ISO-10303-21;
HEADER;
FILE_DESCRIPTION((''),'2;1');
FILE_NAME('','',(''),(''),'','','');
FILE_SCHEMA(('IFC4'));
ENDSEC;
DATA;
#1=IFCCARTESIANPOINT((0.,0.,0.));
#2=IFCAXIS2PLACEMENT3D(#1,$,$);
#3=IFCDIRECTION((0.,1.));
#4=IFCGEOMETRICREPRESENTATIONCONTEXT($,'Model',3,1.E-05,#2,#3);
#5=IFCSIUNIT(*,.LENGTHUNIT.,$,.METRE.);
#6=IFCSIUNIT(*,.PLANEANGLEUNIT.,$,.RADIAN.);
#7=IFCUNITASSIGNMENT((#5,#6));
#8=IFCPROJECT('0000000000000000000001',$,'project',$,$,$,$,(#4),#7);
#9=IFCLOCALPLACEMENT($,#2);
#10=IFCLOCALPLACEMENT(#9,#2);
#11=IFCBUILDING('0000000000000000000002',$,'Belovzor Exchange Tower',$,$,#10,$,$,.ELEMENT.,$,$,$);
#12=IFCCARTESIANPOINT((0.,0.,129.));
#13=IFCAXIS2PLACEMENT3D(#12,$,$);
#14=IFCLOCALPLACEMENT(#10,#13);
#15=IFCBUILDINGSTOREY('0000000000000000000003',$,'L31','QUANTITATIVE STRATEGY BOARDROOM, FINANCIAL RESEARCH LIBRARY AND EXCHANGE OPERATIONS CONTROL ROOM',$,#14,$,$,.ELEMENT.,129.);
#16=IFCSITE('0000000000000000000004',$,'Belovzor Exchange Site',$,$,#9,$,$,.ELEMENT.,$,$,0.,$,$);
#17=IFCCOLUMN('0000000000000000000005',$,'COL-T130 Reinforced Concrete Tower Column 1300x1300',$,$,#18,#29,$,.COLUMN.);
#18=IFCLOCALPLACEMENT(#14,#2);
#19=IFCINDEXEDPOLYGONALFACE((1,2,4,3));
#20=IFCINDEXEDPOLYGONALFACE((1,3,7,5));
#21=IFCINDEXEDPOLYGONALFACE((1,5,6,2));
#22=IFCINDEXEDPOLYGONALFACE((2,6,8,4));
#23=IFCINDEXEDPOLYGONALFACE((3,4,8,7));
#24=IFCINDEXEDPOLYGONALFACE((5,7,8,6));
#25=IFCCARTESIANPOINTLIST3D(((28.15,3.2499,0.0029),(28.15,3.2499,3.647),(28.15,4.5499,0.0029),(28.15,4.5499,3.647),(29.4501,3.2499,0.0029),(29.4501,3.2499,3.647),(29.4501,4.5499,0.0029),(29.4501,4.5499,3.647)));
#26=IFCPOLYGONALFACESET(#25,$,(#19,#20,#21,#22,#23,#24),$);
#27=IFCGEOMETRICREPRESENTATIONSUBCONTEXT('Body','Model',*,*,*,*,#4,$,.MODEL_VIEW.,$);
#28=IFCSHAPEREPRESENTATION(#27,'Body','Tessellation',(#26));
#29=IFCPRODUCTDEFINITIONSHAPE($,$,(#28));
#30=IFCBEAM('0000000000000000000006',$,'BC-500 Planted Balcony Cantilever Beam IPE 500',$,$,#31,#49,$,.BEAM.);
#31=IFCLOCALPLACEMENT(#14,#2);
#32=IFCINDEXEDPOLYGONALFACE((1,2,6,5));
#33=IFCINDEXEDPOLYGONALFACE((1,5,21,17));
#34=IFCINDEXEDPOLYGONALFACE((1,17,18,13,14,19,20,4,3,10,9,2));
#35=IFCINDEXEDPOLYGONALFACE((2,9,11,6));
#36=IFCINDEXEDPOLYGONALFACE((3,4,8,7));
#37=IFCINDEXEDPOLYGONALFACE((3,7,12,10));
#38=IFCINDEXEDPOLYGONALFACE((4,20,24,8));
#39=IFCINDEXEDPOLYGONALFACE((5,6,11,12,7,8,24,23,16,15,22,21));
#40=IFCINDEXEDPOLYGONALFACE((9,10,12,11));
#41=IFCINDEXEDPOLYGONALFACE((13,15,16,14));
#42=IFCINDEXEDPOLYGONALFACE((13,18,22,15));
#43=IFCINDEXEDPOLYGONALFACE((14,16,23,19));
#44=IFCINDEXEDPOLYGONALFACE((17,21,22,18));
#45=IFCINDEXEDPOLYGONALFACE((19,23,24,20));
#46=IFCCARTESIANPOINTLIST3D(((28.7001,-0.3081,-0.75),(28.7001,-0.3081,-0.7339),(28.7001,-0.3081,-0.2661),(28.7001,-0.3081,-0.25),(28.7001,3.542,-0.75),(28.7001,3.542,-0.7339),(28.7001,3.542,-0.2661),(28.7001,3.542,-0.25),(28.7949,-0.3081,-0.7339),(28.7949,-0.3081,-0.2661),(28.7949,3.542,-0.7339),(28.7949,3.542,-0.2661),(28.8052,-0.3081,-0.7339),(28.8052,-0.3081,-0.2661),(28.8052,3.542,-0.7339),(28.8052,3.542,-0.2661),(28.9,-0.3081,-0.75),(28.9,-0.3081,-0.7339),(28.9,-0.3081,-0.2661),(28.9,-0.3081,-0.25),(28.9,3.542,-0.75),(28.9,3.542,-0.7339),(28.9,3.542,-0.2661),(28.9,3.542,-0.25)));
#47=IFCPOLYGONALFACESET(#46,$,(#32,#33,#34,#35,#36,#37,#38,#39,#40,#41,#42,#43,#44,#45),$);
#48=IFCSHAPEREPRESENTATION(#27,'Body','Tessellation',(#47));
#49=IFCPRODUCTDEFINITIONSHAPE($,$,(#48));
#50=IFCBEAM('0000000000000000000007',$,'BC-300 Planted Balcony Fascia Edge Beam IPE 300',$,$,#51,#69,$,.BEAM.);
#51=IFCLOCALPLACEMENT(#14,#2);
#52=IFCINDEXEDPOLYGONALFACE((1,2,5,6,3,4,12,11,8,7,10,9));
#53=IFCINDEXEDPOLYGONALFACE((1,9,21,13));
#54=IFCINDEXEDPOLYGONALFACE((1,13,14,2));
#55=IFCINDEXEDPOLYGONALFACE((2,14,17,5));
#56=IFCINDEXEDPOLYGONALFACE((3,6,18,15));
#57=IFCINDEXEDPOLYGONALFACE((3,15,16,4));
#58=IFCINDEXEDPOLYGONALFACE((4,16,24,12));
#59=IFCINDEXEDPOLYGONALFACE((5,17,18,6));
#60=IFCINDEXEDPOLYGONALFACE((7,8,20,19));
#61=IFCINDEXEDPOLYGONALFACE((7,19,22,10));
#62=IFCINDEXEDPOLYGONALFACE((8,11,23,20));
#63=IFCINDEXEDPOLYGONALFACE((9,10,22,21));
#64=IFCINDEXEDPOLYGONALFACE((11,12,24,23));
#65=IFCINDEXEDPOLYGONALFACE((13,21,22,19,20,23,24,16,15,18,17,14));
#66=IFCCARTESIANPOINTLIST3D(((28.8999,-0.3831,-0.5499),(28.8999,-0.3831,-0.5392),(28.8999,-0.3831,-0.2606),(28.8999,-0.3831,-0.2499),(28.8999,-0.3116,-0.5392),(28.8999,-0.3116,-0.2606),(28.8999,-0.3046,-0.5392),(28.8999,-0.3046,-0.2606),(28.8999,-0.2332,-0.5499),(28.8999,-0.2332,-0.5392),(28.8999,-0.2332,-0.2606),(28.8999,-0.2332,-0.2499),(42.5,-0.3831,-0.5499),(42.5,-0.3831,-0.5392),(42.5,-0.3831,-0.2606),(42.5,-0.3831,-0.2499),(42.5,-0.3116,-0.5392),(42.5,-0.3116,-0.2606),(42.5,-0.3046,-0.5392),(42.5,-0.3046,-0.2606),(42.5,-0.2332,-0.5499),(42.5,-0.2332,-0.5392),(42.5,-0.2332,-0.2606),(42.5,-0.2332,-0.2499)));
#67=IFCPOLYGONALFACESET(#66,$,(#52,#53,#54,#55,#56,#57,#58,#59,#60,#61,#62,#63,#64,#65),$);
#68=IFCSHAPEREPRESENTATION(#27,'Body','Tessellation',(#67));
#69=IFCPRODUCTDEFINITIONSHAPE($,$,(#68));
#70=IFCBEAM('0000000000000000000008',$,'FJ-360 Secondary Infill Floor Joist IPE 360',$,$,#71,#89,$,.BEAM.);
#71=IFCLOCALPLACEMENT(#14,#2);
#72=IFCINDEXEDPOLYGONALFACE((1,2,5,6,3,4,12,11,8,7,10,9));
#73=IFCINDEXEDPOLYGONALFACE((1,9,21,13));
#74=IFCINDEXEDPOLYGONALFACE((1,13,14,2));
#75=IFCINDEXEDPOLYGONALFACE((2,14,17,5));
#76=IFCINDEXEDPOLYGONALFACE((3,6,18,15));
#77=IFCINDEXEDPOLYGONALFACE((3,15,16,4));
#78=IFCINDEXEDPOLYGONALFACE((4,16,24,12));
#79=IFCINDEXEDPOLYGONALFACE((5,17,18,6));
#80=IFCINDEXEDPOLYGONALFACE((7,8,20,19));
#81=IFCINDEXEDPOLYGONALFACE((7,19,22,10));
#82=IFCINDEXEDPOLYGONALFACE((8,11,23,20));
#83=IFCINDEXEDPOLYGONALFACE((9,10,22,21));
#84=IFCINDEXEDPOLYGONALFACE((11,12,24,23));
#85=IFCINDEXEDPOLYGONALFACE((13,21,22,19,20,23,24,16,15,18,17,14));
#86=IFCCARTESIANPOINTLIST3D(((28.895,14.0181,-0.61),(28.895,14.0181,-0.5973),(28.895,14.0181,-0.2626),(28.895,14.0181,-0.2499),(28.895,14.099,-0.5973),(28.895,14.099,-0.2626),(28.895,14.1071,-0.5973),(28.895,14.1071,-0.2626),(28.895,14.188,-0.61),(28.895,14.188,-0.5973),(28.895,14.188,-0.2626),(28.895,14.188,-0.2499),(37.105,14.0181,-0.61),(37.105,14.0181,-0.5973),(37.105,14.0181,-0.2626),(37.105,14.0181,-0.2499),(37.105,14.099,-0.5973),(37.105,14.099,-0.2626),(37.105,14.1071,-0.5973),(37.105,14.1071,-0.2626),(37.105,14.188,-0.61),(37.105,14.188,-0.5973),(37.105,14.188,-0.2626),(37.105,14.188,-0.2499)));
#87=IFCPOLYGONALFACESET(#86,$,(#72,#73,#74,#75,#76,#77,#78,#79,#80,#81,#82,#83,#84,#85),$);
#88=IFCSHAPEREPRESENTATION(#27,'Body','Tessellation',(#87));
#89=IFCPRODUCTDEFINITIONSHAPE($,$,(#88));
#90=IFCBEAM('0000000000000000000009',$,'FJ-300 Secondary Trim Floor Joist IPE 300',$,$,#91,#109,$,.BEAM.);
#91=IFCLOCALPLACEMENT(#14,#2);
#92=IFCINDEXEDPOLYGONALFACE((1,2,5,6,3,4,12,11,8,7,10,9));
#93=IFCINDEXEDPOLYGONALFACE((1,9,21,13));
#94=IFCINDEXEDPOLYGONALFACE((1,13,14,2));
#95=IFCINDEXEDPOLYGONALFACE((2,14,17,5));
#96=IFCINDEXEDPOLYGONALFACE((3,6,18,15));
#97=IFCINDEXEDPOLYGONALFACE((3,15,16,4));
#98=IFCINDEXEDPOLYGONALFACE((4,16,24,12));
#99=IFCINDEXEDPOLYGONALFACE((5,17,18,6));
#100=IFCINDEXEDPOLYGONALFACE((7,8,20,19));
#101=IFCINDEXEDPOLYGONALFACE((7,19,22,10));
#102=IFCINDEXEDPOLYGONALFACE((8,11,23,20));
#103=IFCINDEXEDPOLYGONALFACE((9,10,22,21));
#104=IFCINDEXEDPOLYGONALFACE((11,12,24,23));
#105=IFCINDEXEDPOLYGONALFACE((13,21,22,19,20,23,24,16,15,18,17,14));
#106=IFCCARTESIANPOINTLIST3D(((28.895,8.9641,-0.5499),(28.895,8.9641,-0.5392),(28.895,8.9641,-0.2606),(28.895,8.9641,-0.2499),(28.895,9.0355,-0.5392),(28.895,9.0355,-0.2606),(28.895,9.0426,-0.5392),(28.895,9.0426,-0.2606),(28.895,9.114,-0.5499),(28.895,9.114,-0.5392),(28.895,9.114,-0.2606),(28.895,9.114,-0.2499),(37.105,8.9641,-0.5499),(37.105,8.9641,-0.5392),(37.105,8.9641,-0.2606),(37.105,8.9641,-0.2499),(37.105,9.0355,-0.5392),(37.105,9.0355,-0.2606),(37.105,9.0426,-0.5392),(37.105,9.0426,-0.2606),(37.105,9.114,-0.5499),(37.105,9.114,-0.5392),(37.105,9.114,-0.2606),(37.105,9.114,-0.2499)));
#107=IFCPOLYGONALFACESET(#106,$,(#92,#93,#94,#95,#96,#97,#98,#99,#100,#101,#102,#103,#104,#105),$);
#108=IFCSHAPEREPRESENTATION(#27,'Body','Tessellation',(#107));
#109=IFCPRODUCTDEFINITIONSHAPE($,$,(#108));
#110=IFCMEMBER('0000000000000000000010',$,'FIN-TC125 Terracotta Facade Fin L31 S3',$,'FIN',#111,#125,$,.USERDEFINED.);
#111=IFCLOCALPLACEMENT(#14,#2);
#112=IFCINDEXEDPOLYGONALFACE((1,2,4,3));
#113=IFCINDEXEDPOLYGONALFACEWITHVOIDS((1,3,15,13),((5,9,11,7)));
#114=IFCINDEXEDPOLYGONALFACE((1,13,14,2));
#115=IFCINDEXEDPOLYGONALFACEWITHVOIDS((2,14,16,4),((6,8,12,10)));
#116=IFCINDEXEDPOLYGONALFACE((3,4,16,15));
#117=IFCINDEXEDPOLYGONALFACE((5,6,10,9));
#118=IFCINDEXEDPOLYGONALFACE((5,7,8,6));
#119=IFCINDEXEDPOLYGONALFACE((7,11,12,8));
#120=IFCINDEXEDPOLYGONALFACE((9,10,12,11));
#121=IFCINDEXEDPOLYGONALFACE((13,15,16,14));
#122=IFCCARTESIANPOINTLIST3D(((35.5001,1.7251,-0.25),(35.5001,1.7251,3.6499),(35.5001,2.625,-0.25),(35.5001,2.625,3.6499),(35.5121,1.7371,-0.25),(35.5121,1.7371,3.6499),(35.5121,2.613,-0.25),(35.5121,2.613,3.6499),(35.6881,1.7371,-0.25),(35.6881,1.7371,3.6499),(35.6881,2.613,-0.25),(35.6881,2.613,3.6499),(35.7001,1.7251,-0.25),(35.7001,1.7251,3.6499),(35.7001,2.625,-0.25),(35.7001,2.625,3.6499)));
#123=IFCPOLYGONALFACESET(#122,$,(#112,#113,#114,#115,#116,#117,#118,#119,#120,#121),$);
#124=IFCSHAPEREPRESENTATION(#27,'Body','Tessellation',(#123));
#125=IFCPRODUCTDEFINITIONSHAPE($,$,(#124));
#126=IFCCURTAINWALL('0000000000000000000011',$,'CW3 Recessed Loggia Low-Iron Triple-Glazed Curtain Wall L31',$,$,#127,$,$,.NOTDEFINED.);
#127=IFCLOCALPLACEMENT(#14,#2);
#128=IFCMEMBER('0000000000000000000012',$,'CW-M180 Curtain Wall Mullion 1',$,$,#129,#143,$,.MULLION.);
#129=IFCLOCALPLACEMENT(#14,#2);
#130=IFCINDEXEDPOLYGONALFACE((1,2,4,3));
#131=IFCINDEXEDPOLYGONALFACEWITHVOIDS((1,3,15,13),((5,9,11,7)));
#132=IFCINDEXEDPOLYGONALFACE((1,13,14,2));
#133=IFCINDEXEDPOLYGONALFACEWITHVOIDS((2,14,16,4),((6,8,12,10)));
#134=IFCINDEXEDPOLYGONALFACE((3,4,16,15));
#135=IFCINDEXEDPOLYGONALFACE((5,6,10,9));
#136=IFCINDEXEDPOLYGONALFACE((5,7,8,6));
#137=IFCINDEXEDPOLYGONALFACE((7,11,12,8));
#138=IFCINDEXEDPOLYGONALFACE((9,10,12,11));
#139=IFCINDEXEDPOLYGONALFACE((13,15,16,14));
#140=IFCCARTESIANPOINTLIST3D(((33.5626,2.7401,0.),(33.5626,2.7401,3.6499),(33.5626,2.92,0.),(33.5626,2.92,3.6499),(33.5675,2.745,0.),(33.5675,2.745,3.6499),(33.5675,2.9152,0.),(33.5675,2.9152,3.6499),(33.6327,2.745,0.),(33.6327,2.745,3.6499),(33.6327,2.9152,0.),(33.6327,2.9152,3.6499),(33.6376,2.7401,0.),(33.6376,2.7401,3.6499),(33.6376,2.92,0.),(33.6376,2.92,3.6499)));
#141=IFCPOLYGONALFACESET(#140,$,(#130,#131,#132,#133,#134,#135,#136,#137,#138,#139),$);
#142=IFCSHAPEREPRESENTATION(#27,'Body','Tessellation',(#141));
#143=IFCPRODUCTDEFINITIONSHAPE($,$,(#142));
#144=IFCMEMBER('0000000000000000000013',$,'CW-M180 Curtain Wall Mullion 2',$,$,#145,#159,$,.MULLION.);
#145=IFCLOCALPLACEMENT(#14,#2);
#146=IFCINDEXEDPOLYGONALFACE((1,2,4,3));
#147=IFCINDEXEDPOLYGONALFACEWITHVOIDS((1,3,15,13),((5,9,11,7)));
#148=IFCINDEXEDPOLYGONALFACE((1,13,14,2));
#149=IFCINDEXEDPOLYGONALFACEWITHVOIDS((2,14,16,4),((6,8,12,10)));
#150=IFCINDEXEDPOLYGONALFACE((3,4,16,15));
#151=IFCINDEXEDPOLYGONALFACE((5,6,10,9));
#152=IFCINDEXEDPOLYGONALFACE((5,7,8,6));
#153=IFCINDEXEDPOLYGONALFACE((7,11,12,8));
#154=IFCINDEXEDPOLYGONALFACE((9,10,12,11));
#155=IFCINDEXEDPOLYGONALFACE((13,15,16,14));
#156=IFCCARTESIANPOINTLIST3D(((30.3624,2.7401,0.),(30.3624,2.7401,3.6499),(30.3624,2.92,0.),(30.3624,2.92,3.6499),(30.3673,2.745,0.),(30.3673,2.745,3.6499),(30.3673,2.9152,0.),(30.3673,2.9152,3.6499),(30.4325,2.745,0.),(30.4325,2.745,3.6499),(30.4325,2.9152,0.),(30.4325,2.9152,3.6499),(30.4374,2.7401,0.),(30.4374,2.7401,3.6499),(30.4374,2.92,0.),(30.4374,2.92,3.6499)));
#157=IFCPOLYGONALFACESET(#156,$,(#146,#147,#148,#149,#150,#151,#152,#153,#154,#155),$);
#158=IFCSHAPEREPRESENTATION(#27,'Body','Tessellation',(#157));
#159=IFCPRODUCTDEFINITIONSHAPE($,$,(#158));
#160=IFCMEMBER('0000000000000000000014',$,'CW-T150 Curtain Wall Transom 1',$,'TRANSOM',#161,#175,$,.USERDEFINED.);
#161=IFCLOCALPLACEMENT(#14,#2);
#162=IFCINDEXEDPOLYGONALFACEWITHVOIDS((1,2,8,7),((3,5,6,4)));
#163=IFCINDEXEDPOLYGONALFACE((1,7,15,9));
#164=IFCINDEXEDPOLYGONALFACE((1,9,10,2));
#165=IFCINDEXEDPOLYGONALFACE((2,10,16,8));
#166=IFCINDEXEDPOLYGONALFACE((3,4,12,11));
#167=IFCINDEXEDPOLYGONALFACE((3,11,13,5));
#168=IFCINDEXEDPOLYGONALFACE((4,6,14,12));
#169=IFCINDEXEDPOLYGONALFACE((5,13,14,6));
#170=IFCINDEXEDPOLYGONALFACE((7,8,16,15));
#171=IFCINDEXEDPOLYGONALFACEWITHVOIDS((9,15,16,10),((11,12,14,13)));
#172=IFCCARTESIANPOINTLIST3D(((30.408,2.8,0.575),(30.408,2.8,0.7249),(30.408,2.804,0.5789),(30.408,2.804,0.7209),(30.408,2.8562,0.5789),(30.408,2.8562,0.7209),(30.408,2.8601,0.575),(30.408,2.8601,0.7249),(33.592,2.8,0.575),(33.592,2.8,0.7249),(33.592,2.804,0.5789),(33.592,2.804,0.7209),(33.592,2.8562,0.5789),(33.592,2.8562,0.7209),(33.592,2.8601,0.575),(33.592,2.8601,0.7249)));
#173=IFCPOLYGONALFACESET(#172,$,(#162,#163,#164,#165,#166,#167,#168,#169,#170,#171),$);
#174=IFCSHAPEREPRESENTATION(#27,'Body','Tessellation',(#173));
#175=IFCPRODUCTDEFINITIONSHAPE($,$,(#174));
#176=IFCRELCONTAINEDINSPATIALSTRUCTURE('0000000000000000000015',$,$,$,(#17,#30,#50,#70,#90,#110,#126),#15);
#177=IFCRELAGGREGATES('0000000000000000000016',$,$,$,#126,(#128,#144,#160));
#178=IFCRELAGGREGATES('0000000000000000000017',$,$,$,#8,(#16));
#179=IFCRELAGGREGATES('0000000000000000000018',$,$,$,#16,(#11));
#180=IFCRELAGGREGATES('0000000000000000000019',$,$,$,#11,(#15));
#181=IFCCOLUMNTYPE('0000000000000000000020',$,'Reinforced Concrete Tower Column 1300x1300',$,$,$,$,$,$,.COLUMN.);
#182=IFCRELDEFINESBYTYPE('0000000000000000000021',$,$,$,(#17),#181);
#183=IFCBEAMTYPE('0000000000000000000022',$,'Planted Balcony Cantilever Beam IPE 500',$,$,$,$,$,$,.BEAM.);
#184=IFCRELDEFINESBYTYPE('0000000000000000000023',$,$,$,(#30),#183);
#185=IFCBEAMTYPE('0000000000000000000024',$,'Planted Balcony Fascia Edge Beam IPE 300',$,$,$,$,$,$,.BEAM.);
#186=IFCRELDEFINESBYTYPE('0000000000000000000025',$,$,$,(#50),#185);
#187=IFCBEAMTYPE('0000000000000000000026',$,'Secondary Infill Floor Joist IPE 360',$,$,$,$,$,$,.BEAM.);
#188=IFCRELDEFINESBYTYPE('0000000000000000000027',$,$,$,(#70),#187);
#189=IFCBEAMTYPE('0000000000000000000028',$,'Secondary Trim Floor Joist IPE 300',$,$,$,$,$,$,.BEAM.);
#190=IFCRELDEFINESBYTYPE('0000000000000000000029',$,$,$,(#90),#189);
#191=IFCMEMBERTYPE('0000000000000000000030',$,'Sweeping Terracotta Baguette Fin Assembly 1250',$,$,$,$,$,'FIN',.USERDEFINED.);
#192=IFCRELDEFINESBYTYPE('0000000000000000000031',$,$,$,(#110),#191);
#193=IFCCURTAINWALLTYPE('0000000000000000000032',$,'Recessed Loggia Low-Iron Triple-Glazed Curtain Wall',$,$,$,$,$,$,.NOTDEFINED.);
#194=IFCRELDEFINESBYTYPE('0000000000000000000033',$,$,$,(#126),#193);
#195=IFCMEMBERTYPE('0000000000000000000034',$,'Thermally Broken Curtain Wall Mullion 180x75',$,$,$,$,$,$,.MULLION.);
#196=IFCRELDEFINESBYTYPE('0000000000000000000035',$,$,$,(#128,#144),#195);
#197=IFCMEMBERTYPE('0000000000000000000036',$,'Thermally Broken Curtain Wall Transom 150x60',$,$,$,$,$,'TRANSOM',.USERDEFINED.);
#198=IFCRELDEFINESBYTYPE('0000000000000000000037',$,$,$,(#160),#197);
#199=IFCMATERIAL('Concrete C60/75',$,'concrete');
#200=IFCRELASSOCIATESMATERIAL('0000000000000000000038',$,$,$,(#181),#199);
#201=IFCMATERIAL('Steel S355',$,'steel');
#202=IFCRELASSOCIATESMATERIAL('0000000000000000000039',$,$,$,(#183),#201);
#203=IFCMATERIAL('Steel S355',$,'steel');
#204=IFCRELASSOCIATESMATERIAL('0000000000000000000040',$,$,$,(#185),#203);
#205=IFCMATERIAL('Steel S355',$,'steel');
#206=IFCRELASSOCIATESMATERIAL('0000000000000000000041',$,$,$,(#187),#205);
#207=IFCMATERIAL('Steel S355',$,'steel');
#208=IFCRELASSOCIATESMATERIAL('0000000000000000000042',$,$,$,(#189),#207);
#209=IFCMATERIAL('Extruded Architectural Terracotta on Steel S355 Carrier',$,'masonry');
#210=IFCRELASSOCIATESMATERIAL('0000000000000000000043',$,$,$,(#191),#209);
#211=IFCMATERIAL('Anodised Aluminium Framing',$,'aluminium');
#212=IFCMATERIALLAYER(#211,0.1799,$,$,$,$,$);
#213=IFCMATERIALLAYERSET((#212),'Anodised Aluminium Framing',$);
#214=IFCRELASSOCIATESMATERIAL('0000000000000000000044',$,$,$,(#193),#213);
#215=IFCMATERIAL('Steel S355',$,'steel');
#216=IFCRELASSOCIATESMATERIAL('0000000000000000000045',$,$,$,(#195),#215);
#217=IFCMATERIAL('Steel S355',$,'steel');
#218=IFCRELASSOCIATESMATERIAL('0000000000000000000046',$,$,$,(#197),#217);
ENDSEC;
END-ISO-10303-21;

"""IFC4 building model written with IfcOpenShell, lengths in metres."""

from ifc_helpers import new_model, si_unit, direction, frame, origin, origin_2d, place, context, subcontext, project, spatial, rectangle, hollow_rectangle, i_section, extrude, material, layer, layer_set, material_profile, profile_set, type_object, element, aggregate, save


model = new_model("IFC4")

# Units and contexts
model_context = context("Model", 3, precision=1e-05, world=origin(), true_north=direction((0.0, 1.0)))
body_context = subcontext(model_context, "Body", "Model", "MODEL_VIEW")
ifc_project = project(units=[si_unit("LENGTHUNIT", "METRE"), si_unit("PLANEANGLEUNIT", "RADIAN")], contexts=[model_context])

# Site, building, storey
site_placement = place(None, origin())
site = spatial("IfcSite", under=ifc_project, at=site_placement, Name="Belovzor Exchange Site", CompositionType="ELEMENT", RefElevation=0.0)
building_placement = place(site_placement, origin())
building = spatial("IfcBuilding", under=site, at=building_placement, Name="Belovzor Exchange Tower", CompositionType="ELEMENT")
storey_placement = place(building_placement, frame((0.0, 0.0, 129.0)))
storey = spatial("IfcBuildingStorey", under=building, at=storey_placement, Name="L31", Description="QUANTITATIVE STRATEGY BOARDROOM, FINANCIAL RESEARCH LIBRARY AND EXCHANGE OPERATIONS CONTROL ROOM", CompositionType="ELEMENT", Elevation=129.0)

# Column
ifc_material_1 = material(Name="Concrete C60/75", Category="concrete")
ifc_material_profile_1 = material_profile(ifc_material_1, rectangle(XDim=1.3, YDim=1.3, at=origin_2d()))
ifc_profile_set_1 = profile_set([ifc_material_profile_1], Name="Concrete C60/75")
column_type = type_object("IfcColumnType", Name="Reinforced Concrete Tower Column 1300x1300", PredefinedType="COLUMN", material=ifc_profile_set_1)
column_placement = place(storey_placement, frame((28.8, 3.8999, 0.0029), z_axis=(0.0, 0.0, 1.0), x_axis=(1.0, 0.0, 0.0)))
element("IfcColumn", 1, at=column_placement, inside=storey, type_object=column_type, Name="COL-T130 Reinforced Concrete Tower Column 1300x1300", PredefinedType="COLUMN", context=body_context, shape_type="SweptSolid", body=[
    extrude(rectangle(XDim=1.3, YDim=1.3, at=origin_2d()), origin(), (0.0, 0.0, 1.0), 3.644),
])

# Beams
ifc_material_2 = material(Name="Steel S355", Category="steel")
ifc_material_profile_2 = material_profile(ifc_material_2, i_section(OverallWidth=0.2, OverallDepth=0.5, WebThickness=0.0103, FlangeThickness=0.0161, at=origin_2d()))
ifc_profile_set_2 = profile_set([ifc_material_profile_2], Name="Steel S355")
beam_type_1 = type_object("IfcBeamType", Name="Planted Balcony Cantilever Beam IPE 500", PredefinedType="BEAM", material=ifc_profile_set_2)
beam_1_placement = place(storey_placement, frame((28.8, 3.542, -0.5), z_axis=(0.0, -1.0, 0.0), x_axis=(1.0, 0.0, 0.0)))
element("IfcBeam", 2, at=beam_1_placement, inside=storey, type_object=beam_type_1, Name="BC-500 Planted Balcony Cantilever Beam IPE 500", PredefinedType="BEAM", context=body_context, shape_type="SweptSolid", body=[
    extrude(i_section(OverallWidth=0.2, OverallDepth=0.5, WebThickness=0.0103, FlangeThickness=0.0161, at=origin_2d()), origin(), (0.0, 0.0, 1.0), 3.8501),
])
ifc_material_3 = material(Name="Steel S355", Category="steel")
ifc_material_profile_3 = material_profile(ifc_material_3, i_section(OverallWidth=0.1499, OverallDepth=0.3, WebThickness=0.0071, FlangeThickness=0.0107, at=origin_2d()))
ifc_profile_set_3 = profile_set([ifc_material_profile_3], Name="Steel S355")
beam_type_2 = type_object("IfcBeamType", Name="Planted Balcony Fascia Edge Beam IPE 300", PredefinedType="BEAM", material=ifc_profile_set_3)
beam_2_placement = place(storey_placement, frame((28.8999, -0.3081, -0.3999), z_axis=(1.0, 0.0, 0.0), x_axis=(0.0, 1.0, 0.0)))
element("IfcBeam", 3, at=beam_2_placement, inside=storey, type_object=beam_type_2, Name="BC-300 Planted Balcony Fascia Edge Beam IPE 300", PredefinedType="BEAM", context=body_context, shape_type="SweptSolid", body=[
    extrude(i_section(OverallWidth=0.1499, OverallDepth=0.3, WebThickness=0.0071, FlangeThickness=0.0107, at=origin_2d()), origin(), (0.0, 0.0, 1.0), 13.6001),
])
ifc_material_4 = material(Name="Steel S355", Category="steel")
ifc_material_profile_4 = material_profile(ifc_material_4, i_section(OverallWidth=0.1699, OverallDepth=0.3601, WebThickness=0.0081, FlangeThickness=0.0127, at=origin_2d()))
ifc_profile_set_4 = profile_set([ifc_material_profile_4], Name="Steel S355")
beam_type_3 = type_object("IfcBeamType", Name="Secondary Infill Floor Joist IPE 360", PredefinedType="BEAM", material=ifc_profile_set_4)
beam_3_placement = place(storey_placement, frame((28.895, 14.103, -0.4299), z_axis=(1.0, 0.0, 0.0), x_axis=(0.0, 1.0, 0.0)))
element("IfcBeam", 4, at=beam_3_placement, inside=storey, type_object=beam_type_3, Name="FJ-360 Secondary Infill Floor Joist IPE 360", PredefinedType="BEAM", context=body_context, shape_type="SweptSolid", body=[
    extrude(i_section(OverallWidth=0.1699, OverallDepth=0.3601, WebThickness=0.0081, FlangeThickness=0.0127, at=origin_2d()), origin(), (0.0, 0.0, 1.0), 8.21),
])
ifc_material_5 = material(Name="Steel S355", Category="steel")
ifc_material_profile_5 = material_profile(ifc_material_5, i_section(OverallWidth=0.1499, OverallDepth=0.3, WebThickness=0.0071, FlangeThickness=0.0107, at=origin_2d()))
ifc_profile_set_5 = profile_set([ifc_material_profile_5], Name="Steel S355")
beam_type_4 = type_object("IfcBeamType", Name="Secondary Trim Floor Joist IPE 300", PredefinedType="BEAM", material=ifc_profile_set_5)
beam_4_placement = place(storey_placement, frame((28.895, 9.0391, -0.3999), z_axis=(1.0, 0.0, 0.0), x_axis=(0.0, 1.0, 0.0)))
element("IfcBeam", 5, at=beam_4_placement, inside=storey, type_object=beam_type_4, Name="FJ-300 Secondary Trim Floor Joist IPE 300", PredefinedType="BEAM", context=body_context, shape_type="SweptSolid", body=[
    extrude(i_section(OverallWidth=0.1499, OverallDepth=0.3, WebThickness=0.0071, FlangeThickness=0.0107, at=origin_2d()), origin(), (0.0, 0.0, 1.0), 8.21),
])

# Member
ifc_material_6 = material(Name="Extruded Architectural Terracotta on Steel S355 Carrier", Category="masonry")
ifc_material_profile_6 = material_profile(ifc_material_6, hollow_rectangle(XDim=0.2, YDim=0.8999, WallThickness=0.012, at=origin_2d()))
ifc_profile_set_6 = profile_set([ifc_material_profile_6], Name="Extruded Architectural Terracotta on Steel S355 Carrier")
member_type_1 = type_object("IfcMemberType", Name="Sweeping Terracotta Baguette Fin Assembly 1250", ElementType="FIN", PredefinedType="USERDEFINED", material=ifc_profile_set_6)
member_1_placement = place(storey_placement, frame((35.6001, 2.175, -0.25), z_axis=(0.0, 0.0, 1.0), x_axis=(1.0, 0.0, 0.0)))
element("IfcMember", 6, at=member_1_placement, inside=storey, type_object=member_type_1, Name="FIN-TC125 Terracotta Facade Fin L31 S3", ObjectType="FIN", PredefinedType="USERDEFINED", context=body_context, shape_type="SweptSolid", body=[
    extrude(hollow_rectangle(XDim=0.2, YDim=0.8999, WallThickness=0.012, at=origin_2d()), origin(), (0.0, 0.0, 1.0), 3.8999),
])

# Curtain wall, members
ifc_material_7 = material(Name="Anodised Aluminium Framing", Category="aluminium")
ifc_layer_1 = layer(ifc_material_7, 0.1799)
ifc_layer_set_1 = layer_set([ifc_layer_1], Name="Anodised Aluminium Framing")
curtain_wall_type = type_object("IfcCurtainWallType", Name="Recessed Loggia Low-Iron Triple-Glazed Curtain Wall", PredefinedType="NOTDEFINED", material=ifc_layer_set_1)
curtain_wall_placement = place(storey_placement, origin())
curtain_wall = element("IfcCurtainWall", 7, at=curtain_wall_placement, inside=storey, type_object=curtain_wall_type, Name="CW3 Recessed Loggia Low-Iron Triple-Glazed Curtain Wall L31", PredefinedType="NOTDEFINED")
ifc_material_8 = material(Name="Steel S355", Category="steel")
ifc_material_profile_7 = material_profile(ifc_material_8, hollow_rectangle(XDim=0.075, YDim=0.1799, WallThickness=0.0049, at=origin_2d()))
ifc_profile_set_7 = profile_set([ifc_material_profile_7], Name="Steel S355")
member_type_2 = type_object("IfcMemberType", Name="Thermally Broken Curtain Wall Mullion 180x75", PredefinedType="MULLION", material=ifc_profile_set_7)
member_2_placement = place(storey_placement, frame((33.6001, 2.8301, 0.0), z_axis=(0.0, 0.0, 1.0), x_axis=(-1.0, 0.0, 0.0)))
member_2 = element("IfcMember", 8, at=member_2_placement, type_object=member_type_2, Name="CW-M180 Curtain Wall Mullion 1", PredefinedType="MULLION", context=body_context, shape_type="SweptSolid", body=[
    extrude(hollow_rectangle(XDim=0.075, YDim=0.1799, WallThickness=0.0049, at=origin_2d()), origin(), (0.0, 0.0, 1.0), 3.6499),
])
member_3_placement = place(storey_placement, frame((30.3999, 2.8301, 0.0), z_axis=(0.0, 0.0, 1.0), x_axis=(-1.0, 0.0, 0.0)))
member_3 = element("IfcMember", 9, at=member_3_placement, type_object=member_type_2, Name="CW-M180 Curtain Wall Mullion 2", PredefinedType="MULLION", context=body_context, shape_type="SweptSolid", body=[
    extrude(hollow_rectangle(XDim=0.075, YDim=0.1799, WallThickness=0.0049, at=origin_2d()), origin(), (0.0, 0.0, 1.0), 3.6499),
])
ifc_material_9 = material(Name="Steel S355", Category="steel")
ifc_material_profile_8 = material_profile(ifc_material_9, hollow_rectangle(XDim=0.0601, YDim=0.1499, WallThickness=0.0039, at=origin_2d()))
ifc_profile_set_8 = profile_set([ifc_material_profile_8], Name="Steel S355")
member_type_3 = type_object("IfcMemberType", Name="Thermally Broken Curtain Wall Transom 150x60", ElementType="TRANSOM", PredefinedType="USERDEFINED", material=ifc_profile_set_8)
member_4_placement = place(storey_placement, frame((33.592, 2.8301, 0.6499), z_axis=(-1.0, 0.0, 0.0), x_axis=(0.0, -1.0, 0.0)))
member_4 = element("IfcMember", 10, at=member_4_placement, type_object=member_type_3, Name="CW-T150 Curtain Wall Transom 1", ObjectType="TRANSOM", PredefinedType="USERDEFINED", context=body_context, shape_type="SweptSolid", body=[
    extrude(hollow_rectangle(XDim=0.0601, YDim=0.1499, WallThickness=0.0039, at=origin_2d()), origin(), (0.0, 0.0, 1.0), 3.1841),
])

aggregate(curtain_wall, [member_2, member_3, member_4])

save(model, "model.ifc")
